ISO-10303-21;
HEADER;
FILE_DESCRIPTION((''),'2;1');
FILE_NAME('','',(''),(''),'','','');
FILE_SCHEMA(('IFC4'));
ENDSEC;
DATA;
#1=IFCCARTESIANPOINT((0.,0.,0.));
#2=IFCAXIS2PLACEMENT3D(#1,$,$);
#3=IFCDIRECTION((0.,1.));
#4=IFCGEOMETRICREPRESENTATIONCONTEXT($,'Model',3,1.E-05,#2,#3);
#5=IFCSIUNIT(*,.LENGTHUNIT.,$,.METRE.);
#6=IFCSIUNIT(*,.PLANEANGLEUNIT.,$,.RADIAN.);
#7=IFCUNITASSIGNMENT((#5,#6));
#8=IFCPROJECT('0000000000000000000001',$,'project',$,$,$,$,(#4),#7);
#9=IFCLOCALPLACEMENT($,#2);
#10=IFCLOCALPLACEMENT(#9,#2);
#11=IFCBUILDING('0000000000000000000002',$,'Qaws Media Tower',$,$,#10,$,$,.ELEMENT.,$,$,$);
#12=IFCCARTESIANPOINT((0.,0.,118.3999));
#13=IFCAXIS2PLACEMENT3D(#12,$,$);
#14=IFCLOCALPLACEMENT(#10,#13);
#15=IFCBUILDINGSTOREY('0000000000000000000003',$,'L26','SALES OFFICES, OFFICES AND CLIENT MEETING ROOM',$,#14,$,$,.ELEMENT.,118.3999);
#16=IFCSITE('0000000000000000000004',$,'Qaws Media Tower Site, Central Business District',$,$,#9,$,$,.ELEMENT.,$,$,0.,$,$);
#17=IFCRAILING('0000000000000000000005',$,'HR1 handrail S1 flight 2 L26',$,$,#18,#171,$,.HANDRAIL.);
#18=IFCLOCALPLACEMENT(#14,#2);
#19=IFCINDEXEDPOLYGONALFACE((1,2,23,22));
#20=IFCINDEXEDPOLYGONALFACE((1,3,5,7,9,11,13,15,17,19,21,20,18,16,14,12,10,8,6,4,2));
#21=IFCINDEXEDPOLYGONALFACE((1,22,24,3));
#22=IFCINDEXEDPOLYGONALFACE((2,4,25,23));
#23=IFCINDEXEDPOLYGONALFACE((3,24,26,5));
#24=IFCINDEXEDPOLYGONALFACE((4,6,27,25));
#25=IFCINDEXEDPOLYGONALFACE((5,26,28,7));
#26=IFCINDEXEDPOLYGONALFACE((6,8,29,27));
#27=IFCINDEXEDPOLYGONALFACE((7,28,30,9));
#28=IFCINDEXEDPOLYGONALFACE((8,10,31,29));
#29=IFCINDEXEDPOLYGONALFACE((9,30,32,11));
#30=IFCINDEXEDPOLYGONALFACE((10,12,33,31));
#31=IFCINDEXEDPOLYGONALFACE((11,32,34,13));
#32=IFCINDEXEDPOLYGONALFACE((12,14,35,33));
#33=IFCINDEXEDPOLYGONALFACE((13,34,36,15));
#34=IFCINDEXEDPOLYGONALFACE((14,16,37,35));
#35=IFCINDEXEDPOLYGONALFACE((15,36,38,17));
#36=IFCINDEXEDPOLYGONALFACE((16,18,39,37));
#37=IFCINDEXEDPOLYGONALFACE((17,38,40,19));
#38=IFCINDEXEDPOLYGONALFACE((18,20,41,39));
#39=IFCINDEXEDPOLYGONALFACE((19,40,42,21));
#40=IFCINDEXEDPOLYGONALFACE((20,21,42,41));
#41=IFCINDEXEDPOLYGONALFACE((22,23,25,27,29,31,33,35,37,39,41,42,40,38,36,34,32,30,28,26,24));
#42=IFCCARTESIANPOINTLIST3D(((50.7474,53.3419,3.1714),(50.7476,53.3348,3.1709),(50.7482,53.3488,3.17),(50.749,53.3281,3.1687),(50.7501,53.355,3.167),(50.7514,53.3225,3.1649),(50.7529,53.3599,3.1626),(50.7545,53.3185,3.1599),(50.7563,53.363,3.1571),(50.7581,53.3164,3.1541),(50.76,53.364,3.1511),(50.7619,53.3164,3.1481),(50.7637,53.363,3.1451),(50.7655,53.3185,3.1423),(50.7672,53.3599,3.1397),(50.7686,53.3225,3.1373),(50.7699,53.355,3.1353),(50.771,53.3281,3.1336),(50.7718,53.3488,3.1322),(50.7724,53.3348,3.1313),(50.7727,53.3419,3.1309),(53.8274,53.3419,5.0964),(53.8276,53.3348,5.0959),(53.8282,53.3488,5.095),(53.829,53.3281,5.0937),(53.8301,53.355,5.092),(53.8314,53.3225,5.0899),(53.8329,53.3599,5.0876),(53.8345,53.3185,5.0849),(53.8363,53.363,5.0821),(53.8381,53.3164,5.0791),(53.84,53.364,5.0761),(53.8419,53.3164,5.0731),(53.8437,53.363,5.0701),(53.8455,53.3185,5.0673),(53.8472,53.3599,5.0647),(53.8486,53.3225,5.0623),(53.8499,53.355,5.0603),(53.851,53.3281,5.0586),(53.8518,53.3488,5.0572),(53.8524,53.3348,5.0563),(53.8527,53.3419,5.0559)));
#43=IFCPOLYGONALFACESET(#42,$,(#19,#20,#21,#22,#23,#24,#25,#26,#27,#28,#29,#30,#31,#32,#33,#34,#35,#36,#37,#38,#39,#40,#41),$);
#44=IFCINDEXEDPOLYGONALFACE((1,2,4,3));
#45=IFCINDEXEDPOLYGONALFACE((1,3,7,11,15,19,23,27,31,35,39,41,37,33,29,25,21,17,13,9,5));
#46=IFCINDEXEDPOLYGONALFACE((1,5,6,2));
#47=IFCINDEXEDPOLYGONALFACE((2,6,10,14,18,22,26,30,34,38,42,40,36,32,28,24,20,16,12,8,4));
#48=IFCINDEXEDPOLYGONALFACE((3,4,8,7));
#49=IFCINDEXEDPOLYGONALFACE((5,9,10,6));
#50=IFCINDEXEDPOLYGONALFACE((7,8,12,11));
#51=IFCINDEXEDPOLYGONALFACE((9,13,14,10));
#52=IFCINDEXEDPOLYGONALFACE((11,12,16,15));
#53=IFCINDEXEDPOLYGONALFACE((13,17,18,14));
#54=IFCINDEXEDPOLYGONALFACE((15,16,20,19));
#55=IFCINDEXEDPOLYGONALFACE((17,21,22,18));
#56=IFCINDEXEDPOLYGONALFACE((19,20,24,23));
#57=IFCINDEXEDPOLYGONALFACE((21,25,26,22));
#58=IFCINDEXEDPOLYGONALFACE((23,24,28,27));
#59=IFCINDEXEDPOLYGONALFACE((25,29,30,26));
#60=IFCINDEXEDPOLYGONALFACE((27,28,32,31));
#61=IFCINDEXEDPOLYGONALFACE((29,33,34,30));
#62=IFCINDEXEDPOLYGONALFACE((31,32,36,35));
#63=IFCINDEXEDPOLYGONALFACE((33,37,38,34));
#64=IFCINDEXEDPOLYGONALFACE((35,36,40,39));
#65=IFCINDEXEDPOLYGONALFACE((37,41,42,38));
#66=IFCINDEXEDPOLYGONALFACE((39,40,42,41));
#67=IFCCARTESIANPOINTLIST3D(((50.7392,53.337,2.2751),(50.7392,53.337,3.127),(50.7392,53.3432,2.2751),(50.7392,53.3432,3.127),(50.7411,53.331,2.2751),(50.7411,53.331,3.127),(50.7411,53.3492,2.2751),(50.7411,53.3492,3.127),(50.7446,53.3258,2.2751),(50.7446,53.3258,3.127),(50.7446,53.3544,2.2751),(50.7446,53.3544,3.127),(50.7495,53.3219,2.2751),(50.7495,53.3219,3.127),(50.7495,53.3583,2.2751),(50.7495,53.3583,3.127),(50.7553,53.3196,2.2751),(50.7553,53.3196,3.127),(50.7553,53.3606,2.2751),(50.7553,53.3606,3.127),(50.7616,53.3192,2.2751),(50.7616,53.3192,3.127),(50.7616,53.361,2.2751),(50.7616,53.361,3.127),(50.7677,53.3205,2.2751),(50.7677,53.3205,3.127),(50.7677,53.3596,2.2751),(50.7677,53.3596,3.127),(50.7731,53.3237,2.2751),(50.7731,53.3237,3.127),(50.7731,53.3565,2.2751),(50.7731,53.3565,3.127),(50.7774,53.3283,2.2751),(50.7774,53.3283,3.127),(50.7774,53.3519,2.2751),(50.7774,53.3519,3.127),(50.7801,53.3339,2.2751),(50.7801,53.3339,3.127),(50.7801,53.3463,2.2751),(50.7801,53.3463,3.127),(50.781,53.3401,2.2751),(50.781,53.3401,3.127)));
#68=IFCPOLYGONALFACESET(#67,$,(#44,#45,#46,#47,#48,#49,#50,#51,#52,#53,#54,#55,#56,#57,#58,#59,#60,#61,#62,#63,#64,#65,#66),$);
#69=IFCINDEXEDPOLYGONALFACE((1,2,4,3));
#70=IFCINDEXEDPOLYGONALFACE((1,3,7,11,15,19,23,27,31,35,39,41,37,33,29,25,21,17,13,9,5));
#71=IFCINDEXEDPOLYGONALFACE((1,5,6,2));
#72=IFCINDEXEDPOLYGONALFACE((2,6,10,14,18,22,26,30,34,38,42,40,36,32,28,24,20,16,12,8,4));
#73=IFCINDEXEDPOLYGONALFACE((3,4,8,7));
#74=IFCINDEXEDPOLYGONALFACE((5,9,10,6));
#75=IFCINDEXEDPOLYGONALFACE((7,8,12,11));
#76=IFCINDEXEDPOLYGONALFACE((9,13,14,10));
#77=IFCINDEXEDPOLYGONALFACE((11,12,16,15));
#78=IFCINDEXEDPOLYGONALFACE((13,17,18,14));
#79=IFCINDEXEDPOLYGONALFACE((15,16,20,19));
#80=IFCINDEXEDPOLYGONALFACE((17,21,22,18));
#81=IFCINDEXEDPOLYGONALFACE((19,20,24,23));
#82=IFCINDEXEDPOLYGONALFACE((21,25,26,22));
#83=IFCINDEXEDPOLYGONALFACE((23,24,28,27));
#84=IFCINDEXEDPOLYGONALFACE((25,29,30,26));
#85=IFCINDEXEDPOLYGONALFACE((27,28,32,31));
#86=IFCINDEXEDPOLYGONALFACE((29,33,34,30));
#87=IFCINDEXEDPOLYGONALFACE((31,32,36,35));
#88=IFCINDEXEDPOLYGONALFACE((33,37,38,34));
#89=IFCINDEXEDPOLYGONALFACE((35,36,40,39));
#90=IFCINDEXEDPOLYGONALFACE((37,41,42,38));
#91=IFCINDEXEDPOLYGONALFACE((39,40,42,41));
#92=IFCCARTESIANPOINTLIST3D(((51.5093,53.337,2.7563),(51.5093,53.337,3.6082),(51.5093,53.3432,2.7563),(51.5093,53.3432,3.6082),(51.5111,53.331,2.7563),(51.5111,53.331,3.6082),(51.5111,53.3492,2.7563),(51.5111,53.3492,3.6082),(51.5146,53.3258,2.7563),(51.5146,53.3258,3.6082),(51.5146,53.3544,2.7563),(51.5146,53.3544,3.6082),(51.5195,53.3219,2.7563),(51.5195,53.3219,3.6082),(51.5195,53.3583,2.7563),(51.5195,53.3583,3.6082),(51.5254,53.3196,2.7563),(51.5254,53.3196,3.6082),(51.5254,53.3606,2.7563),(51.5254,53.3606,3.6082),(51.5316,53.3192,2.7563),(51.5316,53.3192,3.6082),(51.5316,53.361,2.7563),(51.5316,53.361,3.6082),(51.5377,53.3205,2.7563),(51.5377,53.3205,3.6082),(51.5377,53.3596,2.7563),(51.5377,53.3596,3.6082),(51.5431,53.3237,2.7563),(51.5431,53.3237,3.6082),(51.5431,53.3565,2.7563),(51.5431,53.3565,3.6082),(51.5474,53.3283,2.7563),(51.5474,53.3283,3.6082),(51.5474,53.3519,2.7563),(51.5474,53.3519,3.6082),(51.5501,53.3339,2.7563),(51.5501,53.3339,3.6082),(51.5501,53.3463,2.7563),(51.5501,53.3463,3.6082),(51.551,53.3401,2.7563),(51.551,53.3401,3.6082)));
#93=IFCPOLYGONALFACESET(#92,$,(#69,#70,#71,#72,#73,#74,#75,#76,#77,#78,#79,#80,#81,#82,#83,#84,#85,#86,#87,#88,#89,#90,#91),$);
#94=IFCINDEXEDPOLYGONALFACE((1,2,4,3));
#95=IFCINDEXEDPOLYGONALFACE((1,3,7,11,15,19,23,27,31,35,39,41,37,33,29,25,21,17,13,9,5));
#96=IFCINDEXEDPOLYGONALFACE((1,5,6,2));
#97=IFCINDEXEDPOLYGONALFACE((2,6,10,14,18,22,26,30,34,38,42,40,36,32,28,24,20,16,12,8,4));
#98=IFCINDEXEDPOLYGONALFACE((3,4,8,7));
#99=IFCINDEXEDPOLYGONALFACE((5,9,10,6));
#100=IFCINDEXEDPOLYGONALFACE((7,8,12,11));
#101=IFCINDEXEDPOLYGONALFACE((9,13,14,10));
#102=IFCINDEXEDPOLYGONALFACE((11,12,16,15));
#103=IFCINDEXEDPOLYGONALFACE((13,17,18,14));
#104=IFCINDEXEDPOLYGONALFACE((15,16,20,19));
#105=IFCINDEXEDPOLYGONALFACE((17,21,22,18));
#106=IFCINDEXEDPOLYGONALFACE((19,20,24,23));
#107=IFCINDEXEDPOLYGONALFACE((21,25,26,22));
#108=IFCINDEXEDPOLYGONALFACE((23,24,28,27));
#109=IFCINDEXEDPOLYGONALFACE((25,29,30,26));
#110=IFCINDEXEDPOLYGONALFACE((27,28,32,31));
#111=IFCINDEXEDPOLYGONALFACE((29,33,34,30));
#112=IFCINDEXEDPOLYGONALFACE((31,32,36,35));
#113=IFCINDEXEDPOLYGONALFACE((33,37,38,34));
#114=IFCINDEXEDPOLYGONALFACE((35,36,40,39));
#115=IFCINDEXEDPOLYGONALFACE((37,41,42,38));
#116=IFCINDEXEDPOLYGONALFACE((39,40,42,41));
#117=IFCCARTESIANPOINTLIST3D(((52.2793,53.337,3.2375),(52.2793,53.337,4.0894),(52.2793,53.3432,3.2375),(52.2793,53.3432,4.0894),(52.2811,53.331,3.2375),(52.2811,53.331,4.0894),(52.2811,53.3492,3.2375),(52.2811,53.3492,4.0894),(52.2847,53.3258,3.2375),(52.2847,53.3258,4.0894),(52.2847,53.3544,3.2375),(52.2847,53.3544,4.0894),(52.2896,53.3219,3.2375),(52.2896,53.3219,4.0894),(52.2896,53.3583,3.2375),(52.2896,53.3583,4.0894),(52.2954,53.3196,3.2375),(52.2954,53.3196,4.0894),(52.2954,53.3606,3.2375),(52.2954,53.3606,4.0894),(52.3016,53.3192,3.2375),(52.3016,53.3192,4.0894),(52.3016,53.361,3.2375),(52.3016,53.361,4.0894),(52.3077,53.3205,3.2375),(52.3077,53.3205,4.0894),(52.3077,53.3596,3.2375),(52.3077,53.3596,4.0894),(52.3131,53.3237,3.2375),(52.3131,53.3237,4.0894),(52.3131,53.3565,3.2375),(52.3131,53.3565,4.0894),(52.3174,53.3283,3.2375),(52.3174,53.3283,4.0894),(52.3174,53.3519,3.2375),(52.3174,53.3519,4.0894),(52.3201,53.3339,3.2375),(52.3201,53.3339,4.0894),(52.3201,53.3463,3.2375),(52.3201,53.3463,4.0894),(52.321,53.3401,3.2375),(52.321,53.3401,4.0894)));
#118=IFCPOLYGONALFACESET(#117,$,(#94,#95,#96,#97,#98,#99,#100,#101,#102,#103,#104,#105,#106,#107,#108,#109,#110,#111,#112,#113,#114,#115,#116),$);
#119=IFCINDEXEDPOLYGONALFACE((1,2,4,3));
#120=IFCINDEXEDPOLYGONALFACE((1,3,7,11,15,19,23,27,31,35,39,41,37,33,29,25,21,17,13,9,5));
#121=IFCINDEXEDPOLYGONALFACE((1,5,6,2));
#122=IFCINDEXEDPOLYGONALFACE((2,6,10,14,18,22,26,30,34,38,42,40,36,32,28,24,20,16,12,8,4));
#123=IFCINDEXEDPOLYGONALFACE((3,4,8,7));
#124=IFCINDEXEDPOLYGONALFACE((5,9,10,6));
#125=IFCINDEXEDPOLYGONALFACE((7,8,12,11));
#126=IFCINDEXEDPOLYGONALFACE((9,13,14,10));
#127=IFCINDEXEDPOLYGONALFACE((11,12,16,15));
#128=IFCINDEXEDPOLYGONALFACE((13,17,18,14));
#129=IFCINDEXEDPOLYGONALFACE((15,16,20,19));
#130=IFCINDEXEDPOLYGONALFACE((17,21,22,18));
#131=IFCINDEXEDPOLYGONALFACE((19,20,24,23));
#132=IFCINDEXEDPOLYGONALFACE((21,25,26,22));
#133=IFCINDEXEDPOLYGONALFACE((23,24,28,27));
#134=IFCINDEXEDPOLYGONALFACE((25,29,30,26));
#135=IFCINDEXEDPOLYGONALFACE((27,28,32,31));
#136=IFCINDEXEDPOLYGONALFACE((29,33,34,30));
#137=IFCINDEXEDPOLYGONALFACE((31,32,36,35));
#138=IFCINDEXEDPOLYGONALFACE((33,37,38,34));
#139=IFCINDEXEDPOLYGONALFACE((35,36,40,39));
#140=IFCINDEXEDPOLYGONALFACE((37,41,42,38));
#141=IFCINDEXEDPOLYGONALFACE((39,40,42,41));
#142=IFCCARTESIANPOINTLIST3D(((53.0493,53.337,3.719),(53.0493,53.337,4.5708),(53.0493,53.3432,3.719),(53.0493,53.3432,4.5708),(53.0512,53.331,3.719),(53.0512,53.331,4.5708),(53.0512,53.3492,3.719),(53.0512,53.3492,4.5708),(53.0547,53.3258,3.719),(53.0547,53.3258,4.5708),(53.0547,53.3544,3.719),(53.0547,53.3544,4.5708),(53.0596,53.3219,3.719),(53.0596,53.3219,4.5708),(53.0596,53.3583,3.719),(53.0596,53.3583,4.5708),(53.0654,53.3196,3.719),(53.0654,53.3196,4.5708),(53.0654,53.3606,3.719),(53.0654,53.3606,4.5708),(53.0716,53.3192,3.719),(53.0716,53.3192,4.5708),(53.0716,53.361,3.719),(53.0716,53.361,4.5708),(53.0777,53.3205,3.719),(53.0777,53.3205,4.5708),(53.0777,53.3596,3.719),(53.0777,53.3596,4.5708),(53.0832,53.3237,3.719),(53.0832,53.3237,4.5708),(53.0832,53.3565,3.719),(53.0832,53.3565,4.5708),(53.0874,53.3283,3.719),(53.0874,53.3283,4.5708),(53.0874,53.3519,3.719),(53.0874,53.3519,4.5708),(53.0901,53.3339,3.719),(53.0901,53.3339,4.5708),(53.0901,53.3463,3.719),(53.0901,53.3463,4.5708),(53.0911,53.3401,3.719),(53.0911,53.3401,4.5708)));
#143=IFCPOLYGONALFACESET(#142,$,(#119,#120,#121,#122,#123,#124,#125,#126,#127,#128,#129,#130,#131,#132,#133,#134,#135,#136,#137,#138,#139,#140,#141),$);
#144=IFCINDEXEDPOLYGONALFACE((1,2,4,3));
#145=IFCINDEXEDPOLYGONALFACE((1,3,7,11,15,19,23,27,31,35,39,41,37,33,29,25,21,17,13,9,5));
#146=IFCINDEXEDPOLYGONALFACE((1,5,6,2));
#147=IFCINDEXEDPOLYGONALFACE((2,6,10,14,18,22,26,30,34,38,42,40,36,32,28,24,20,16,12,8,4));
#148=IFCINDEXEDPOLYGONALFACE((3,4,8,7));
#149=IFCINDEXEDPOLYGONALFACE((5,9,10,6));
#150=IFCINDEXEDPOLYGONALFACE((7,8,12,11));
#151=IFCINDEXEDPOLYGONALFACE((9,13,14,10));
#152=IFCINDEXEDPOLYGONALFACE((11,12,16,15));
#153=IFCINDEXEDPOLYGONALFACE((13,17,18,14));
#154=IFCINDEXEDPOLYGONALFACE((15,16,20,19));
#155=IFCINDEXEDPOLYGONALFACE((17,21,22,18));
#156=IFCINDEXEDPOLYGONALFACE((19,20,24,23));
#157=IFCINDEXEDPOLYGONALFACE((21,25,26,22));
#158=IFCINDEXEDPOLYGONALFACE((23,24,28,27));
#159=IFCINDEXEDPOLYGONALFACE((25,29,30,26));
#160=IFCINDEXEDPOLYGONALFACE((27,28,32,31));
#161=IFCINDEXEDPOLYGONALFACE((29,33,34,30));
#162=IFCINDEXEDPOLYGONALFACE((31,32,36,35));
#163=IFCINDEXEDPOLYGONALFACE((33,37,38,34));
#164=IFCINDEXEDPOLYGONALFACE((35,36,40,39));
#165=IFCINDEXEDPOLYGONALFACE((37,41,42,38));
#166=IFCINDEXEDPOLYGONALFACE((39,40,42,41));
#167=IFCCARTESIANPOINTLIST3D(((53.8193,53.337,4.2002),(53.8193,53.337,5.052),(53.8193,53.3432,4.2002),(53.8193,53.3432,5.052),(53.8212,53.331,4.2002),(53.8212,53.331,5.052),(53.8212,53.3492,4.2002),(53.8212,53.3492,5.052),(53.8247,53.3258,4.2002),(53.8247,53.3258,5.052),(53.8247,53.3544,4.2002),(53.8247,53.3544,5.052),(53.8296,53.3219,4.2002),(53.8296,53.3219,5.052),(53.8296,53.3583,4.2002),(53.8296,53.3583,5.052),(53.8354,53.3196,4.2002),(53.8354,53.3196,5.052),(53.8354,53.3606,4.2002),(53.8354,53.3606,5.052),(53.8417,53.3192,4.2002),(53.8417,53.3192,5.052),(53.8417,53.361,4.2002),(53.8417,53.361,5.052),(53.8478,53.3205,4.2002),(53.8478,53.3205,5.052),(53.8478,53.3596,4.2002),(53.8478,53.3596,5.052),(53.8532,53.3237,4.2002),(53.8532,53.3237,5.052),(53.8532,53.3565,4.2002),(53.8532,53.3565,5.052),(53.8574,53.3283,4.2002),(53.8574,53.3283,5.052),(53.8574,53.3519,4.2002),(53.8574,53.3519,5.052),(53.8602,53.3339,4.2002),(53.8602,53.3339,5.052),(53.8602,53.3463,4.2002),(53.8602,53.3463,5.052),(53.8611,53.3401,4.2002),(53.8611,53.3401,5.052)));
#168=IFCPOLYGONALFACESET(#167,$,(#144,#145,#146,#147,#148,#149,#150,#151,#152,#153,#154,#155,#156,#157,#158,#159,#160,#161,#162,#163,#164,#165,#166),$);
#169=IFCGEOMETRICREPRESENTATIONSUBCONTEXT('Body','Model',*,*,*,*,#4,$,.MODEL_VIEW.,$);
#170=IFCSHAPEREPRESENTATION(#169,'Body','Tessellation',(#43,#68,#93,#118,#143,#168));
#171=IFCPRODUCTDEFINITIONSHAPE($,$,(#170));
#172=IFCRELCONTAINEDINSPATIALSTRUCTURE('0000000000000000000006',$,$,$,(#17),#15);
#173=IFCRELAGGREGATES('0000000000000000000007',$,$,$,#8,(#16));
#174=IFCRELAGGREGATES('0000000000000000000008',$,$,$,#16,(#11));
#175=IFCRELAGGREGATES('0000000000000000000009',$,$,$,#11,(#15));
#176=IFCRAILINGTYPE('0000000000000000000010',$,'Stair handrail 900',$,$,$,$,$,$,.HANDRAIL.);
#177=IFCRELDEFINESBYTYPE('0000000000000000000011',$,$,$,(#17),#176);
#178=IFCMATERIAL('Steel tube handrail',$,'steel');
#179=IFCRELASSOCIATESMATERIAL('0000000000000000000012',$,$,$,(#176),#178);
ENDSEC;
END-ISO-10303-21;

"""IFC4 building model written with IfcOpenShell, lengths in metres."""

from ifc_helpers import new_model, si_unit, direction, frame, origin, origin_2d, place, context, subcontext, project, spatial, circle, extrude, material, type_object, element, save


model = new_model("IFC4")

# Units and contexts
model_context = context("Model", 3, precision=1e-05, world=origin(), true_north=direction((0.0, 1.0)))
body_context = subcontext(model_context, "Body", "Model", "MODEL_VIEW")
ifc_project = project(units=[si_unit("LENGTHUNIT", "METRE"), si_unit("PLANEANGLEUNIT", "RADIAN")], contexts=[model_context])

# Site, building, storey
site_placement = place(None, origin())
site = spatial("IfcSite", under=ifc_project, at=site_placement, Name="Qaws Media Tower Site, Central Business District", CompositionType="ELEMENT", RefElevation=0.0)
building_placement = place(site_placement, origin())
building = spatial("IfcBuilding", under=site, at=building_placement, Name="Qaws Media Tower", CompositionType="ELEMENT")
storey_placement = place(building_placement, frame((0.0, 0.0, 118.3999)))
storey = spatial("IfcBuildingStorey", under=building, at=storey_placement, Name="L26", Description="SALES OFFICES, OFFICES AND CLIENT MEETING ROOM", CompositionType="ELEMENT", Elevation=118.3999)

# Railing
ifc_material_1 = material(Name="Steel tube handrail", Category="steel")
railing_type = type_object("IfcRailingType", Name="Stair handrail 900", PredefinedType="HANDRAIL", material=ifc_material_1)
for number, where, name in (
    (1, (50.76, 53.3401, 2.2751), "HR1 handrail S1 flight 2 L26"),
):
    element("IfcRailing", number, at=place(storey_placement, frame(where)), inside=storey, type_object=railing_type, Name=name, PredefinedType="HANDRAIL", context=body_context, shape_type="SweptSolid", body=[
        extrude(circle(Radius=0.0239, at=origin_2d()), frame((0.0, 0.0, 0.876), z_axis=(0.847998, 0.0, 0.529999), x_axis=(0.0, 1.0, 0.0)), (0.0, 0.0, 1.0), 3.6321),
        extrude(circle(Radius=0.021, at=origin_2d()), origin(), (0.0, 0.0, 1.0), 0.8518),
        extrude(circle(Radius=0.021, at=origin_2d()), frame((0.77, 0.0, 0.4812)), (0.0, 0.0, 1.0), 0.8518),
        extrude(circle(Radius=0.021, at=origin_2d()), frame((1.54, 0.0, 0.9624)), (0.0, 0.0, 1.0), 0.8518),
        extrude(circle(Radius=0.021, at=origin_2d()), frame((2.3101, 0.0, 1.4438)), (0.0, 0.0, 1.0), 0.8518),
        extrude(circle(Radius=0.021, at=origin_2d()), frame((3.0801, 0.0, 1.925)), (0.0, 0.0, 1.0), 0.8518),
    ])

save(model, "model.ifc")
